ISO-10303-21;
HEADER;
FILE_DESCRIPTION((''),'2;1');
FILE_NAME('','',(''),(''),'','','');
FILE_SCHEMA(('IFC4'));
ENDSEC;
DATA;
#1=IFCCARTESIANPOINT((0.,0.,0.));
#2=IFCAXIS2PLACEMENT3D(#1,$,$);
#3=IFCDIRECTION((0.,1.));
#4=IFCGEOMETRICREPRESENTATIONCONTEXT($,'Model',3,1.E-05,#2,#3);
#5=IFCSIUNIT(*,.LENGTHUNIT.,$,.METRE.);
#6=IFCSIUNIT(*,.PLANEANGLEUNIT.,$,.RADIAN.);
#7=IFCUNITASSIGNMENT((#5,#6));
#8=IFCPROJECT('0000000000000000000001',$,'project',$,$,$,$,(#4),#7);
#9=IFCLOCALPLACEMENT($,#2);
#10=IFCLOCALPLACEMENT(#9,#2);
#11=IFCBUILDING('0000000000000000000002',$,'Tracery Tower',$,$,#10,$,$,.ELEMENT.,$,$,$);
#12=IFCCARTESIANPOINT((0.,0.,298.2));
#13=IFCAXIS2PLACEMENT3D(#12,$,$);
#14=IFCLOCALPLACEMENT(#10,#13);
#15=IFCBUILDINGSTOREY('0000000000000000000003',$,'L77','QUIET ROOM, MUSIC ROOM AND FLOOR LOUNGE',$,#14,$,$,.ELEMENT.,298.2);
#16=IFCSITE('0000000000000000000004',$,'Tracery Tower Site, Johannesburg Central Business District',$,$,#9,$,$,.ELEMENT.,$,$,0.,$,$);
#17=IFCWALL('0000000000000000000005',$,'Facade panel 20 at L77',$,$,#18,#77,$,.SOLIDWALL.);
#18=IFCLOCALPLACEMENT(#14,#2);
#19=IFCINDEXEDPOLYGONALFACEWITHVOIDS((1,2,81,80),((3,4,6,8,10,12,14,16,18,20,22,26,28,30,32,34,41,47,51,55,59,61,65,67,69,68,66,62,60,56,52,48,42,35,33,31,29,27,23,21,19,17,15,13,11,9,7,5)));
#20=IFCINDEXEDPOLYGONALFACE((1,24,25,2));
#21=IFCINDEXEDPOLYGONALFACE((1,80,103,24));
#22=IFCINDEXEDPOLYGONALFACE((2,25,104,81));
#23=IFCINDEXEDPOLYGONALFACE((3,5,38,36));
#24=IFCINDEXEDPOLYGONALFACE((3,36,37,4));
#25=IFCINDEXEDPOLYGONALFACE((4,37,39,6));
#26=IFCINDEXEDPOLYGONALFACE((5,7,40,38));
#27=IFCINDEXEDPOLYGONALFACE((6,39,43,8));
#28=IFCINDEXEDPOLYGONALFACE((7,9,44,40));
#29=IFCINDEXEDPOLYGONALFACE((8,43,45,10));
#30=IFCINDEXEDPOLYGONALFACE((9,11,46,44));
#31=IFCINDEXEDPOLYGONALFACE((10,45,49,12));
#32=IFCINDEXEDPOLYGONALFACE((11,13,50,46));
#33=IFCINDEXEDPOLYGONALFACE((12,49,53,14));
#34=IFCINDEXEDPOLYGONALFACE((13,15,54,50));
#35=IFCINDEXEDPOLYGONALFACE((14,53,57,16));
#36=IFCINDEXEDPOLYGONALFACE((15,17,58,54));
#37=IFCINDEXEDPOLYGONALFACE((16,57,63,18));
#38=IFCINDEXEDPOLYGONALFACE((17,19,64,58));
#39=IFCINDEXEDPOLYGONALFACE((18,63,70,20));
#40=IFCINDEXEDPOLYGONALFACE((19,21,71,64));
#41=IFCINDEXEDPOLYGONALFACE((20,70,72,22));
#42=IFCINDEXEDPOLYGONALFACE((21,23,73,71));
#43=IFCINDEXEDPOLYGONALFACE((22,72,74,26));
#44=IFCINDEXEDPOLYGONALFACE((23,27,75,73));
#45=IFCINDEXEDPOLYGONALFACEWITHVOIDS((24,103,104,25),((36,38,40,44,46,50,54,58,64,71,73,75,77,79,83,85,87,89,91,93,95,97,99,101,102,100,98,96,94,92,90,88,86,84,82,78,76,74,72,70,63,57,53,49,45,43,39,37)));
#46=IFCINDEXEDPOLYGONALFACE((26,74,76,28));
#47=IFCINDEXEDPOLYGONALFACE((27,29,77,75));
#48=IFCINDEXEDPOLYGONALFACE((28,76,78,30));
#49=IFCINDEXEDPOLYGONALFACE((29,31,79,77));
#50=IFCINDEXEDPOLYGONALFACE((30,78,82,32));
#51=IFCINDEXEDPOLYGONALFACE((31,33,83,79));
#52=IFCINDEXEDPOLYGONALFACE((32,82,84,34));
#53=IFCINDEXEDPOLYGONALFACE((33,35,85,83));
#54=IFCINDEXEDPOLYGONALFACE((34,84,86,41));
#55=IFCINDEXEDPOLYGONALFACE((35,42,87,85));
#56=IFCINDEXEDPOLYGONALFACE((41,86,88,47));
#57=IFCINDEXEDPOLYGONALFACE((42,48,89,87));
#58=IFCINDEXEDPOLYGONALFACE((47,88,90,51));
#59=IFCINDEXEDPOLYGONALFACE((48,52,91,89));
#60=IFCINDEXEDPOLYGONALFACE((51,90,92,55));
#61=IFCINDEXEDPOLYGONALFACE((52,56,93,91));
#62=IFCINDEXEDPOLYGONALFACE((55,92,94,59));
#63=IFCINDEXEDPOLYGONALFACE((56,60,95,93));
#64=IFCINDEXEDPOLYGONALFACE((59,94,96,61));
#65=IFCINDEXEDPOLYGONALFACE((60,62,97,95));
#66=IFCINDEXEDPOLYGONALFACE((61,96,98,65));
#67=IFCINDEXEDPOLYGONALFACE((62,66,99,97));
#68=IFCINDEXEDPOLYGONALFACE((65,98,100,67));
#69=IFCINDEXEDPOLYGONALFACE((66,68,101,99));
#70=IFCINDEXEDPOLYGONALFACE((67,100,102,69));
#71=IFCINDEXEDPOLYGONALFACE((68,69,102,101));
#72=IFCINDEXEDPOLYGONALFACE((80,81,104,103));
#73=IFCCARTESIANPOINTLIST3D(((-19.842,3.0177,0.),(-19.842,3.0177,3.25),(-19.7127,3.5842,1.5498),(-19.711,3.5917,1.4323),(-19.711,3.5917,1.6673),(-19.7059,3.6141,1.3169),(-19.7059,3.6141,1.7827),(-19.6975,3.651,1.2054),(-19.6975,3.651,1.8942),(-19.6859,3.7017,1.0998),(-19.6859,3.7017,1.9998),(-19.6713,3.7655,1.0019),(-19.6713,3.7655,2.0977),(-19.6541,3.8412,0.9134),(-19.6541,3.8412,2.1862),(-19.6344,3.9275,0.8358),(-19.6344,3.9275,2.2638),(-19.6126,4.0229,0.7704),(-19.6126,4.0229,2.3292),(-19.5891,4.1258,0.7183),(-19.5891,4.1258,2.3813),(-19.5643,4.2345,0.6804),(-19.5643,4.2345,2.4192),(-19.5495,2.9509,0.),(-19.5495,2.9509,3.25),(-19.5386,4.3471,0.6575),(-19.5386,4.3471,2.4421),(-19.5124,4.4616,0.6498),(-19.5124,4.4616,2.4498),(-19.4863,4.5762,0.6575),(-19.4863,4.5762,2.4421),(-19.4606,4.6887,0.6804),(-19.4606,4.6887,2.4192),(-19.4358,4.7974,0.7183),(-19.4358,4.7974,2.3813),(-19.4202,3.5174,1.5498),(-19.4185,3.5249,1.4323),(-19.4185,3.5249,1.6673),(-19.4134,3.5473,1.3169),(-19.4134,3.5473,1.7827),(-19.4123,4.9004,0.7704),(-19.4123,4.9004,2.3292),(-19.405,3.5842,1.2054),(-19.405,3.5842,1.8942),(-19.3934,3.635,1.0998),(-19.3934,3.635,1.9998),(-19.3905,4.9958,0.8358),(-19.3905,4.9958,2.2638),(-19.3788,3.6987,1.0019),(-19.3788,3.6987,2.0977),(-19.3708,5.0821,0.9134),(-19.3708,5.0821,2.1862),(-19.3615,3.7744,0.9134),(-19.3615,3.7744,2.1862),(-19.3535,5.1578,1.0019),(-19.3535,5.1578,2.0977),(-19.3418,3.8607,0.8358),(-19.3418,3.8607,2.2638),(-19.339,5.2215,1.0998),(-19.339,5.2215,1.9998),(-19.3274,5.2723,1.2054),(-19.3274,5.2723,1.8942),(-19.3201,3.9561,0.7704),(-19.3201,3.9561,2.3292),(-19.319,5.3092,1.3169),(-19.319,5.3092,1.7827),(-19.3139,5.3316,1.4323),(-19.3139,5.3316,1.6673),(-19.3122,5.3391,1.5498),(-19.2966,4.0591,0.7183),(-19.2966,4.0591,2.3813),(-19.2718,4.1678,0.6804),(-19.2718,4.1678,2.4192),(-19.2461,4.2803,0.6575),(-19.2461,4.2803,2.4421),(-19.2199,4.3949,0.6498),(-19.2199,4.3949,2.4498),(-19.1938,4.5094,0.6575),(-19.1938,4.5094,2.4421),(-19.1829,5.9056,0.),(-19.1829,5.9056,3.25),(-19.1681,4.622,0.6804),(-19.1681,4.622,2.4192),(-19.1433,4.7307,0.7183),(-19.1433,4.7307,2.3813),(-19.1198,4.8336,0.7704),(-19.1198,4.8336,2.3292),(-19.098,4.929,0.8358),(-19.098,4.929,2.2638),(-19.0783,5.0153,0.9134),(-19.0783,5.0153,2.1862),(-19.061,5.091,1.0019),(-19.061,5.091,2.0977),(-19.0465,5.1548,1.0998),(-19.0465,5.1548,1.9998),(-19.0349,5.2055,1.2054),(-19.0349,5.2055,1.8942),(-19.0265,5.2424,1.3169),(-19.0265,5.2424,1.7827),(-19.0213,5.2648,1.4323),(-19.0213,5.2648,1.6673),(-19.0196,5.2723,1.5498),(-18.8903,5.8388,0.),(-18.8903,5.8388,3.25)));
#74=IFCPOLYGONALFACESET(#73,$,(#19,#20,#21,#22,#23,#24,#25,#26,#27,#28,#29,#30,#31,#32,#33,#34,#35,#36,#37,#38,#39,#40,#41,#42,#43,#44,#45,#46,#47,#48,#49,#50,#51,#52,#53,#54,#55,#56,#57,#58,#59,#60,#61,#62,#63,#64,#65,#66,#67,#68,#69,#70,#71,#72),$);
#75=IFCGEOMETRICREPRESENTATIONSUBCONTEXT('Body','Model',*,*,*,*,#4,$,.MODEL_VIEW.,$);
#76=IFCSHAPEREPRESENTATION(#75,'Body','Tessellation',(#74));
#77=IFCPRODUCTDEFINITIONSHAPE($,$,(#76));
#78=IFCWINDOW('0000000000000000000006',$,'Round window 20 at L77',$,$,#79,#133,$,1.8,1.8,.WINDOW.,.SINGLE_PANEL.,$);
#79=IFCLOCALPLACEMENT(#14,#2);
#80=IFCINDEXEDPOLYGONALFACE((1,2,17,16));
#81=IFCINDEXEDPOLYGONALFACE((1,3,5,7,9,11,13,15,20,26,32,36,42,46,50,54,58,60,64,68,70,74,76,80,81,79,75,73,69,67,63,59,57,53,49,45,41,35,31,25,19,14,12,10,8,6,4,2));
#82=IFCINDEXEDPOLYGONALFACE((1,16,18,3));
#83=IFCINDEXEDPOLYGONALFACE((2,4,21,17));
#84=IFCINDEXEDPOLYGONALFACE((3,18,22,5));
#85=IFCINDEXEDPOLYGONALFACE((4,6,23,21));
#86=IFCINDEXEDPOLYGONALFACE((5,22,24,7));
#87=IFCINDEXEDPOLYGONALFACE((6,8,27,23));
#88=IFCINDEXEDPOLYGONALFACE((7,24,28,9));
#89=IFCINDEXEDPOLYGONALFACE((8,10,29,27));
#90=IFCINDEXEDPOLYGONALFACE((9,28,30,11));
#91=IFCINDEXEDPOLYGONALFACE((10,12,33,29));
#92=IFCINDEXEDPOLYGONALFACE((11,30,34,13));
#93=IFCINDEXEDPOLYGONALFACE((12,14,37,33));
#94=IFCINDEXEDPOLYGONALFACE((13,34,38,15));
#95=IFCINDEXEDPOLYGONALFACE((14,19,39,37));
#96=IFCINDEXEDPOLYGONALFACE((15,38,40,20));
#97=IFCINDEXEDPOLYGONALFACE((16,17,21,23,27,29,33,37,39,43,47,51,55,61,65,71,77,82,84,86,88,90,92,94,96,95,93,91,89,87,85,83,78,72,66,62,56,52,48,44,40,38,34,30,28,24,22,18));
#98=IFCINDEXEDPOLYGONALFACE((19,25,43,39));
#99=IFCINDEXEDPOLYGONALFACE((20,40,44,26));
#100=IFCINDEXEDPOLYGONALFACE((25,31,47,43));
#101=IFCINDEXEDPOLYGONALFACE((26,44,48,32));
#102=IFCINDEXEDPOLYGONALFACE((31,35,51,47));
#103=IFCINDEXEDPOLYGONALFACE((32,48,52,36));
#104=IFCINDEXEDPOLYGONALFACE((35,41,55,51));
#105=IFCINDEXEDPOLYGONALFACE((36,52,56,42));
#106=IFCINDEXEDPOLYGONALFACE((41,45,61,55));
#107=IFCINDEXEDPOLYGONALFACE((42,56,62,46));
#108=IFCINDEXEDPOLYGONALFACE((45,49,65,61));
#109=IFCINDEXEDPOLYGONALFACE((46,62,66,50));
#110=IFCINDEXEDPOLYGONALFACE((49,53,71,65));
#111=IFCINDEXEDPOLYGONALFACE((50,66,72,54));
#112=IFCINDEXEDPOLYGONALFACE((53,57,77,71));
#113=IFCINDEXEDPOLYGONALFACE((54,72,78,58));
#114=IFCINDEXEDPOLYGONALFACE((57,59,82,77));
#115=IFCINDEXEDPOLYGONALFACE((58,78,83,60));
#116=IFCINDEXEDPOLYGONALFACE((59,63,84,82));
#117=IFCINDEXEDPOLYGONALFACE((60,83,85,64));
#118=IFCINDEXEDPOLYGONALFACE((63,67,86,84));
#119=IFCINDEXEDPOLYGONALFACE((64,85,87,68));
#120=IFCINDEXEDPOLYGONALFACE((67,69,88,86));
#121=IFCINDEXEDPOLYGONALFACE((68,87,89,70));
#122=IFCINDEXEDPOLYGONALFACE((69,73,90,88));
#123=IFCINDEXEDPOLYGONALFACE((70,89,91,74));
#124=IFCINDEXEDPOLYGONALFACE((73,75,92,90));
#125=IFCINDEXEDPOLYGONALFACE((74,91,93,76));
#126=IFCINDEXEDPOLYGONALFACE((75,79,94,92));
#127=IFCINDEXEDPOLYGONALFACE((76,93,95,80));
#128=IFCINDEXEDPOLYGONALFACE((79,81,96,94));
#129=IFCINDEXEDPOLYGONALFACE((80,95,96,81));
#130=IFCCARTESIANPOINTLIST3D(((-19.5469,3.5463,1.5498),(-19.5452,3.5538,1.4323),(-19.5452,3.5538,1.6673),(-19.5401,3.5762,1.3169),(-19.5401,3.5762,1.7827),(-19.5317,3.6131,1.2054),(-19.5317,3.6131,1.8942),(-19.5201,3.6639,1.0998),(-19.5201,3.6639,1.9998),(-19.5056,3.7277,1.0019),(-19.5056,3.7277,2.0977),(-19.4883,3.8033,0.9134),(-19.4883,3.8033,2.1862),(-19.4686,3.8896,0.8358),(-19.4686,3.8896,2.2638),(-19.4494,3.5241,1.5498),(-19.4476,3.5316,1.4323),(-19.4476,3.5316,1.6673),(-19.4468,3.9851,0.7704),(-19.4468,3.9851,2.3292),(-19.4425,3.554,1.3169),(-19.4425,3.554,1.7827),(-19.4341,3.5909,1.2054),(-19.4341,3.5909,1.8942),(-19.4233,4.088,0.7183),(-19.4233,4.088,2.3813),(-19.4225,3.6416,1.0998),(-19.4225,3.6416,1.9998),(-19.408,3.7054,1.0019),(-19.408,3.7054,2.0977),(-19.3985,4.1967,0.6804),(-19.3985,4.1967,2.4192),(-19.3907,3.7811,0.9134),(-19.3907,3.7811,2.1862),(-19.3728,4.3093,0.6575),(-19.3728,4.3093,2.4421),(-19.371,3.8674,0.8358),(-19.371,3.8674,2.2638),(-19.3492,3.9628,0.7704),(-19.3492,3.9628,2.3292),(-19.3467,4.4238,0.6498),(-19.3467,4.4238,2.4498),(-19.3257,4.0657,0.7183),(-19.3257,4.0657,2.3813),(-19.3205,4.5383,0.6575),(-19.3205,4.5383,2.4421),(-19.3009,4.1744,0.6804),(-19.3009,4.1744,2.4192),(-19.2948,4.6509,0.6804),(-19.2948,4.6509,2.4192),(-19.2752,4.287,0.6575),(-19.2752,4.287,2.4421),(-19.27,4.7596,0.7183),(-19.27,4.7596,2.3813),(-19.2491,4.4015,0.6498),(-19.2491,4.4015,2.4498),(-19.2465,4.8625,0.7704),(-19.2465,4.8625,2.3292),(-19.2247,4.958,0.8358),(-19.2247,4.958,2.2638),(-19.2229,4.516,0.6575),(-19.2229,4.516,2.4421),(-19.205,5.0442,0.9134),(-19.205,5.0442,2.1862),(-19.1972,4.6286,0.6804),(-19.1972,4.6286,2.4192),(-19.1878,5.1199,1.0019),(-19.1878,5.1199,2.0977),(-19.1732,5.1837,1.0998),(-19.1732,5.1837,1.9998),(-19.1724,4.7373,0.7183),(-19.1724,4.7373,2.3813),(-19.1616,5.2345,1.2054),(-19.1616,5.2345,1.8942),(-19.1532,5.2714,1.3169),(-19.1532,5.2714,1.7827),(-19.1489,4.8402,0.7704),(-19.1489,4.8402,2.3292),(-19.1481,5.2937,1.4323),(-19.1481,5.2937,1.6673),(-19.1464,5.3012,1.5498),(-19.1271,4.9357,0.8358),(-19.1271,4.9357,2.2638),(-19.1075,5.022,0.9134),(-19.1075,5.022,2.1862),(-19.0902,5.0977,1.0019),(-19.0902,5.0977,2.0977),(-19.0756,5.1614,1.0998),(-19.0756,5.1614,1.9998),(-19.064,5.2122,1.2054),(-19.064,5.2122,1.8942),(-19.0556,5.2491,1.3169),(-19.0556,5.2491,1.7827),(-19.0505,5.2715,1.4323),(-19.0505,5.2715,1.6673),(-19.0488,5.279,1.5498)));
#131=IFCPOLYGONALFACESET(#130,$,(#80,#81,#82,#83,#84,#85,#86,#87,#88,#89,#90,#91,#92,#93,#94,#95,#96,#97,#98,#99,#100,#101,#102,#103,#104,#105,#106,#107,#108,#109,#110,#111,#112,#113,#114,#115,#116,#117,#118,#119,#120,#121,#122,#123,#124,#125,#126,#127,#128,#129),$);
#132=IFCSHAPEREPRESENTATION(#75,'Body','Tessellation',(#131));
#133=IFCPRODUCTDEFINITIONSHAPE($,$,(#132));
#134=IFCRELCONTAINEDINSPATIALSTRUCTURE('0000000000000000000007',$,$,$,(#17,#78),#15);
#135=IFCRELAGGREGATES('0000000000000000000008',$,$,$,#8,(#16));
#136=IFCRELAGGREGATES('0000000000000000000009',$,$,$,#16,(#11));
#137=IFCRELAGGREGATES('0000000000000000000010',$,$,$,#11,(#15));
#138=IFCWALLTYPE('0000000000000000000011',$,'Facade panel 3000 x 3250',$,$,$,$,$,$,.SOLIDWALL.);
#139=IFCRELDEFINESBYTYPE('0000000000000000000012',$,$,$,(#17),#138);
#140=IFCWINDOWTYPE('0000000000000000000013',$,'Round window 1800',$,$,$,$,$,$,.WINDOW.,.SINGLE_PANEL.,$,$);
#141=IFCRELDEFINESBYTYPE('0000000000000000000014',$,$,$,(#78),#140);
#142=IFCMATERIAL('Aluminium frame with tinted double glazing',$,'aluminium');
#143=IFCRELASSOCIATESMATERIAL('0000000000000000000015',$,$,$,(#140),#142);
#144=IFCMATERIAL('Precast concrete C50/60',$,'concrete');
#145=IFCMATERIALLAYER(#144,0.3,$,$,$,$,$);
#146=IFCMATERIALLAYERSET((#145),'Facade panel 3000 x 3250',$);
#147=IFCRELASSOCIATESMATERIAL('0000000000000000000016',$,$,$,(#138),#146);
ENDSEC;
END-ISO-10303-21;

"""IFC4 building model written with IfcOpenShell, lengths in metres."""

from ifc_helpers import new_model, si_unit, direction, frame, frame_2d, origin, origin_2d, place, context, subcontext, project, spatial, rectangle, circle, extrude, material, layer, layer_set, type_object, element, fill, save


model = new_model("IFC4")

# Units and contexts
model_context = context("Model", 3, precision=1e-05, world=origin(), true_north=direction((0.0, 1.0)))
body_context = subcontext(model_context, "Body", "Model", "MODEL_VIEW")
ifc_project = project(units=[si_unit("LENGTHUNIT", "METRE"), si_unit("PLANEANGLEUNIT", "RADIAN")], contexts=[model_context])

# Site, building, storey
site_placement = place(None, origin())
site = spatial("IfcSite", under=ifc_project, at=site_placement, Name="Tracery Tower Site, Johannesburg Central Business District", CompositionType="ELEMENT", RefElevation=0.0)
building_placement = place(site_placement, origin())
building = spatial("IfcBuilding", under=site, at=building_placement, Name="Tracery Tower", CompositionType="ELEMENT")
storey_placement = place(building_placement, frame((0.0, 0.0, 298.2)))
storey = spatial("IfcBuildingStorey", under=building, at=storey_placement, Name="L77", Description="QUIET ROOM, MUSIC ROOM AND FLOOR LOUNGE", CompositionType="ELEMENT", Elevation=298.2)

# Wall, opening, window
ifc_material_1 = material(Name="Aluminium frame with tinted double glazing", Category="aluminium")
window_type = type_object("IfcWindowType", Name="Round window 1800", PartitioningType="SINGLE_PANEL", PredefinedType="WINDOW", material=ifc_material_1)
ifc_material_2 = material(Name="Precast concrete C50/60", Category="concrete")
ifc_layer_1 = layer(ifc_material_2, 0.3)
ifc_layer_set_1 = layer_set([ifc_layer_1], Name="Facade panel 3000 x 3250")
wall_type_1 = type_object("IfcWallType", Name="Facade panel 3000 x 3250", PredefinedType="SOLIDWALL", material=ifc_layer_set_1)
wall_1_placement = place(storey_placement, frame((-19.0366, 5.8721, 0.0), z_axis=(0.0, 0.0, 1.0), x_axis=(-0.222529, -0.974926, 0.0)))
wall_1 = element("IfcWall", 1, at=wall_1_placement, inside=storey, type_object=wall_type_1, Name="Facade panel 20 at L77", PredefinedType="SOLIDWALL", context=body_context, shape_type="SweptSolid", body=[
    extrude(rectangle(XDim=2.9622, YDim=0.3, at=frame_2d((1.481, 0.0))), origin(), (0.0, 0.0, 1.0), 3.25),
])
opening_1_placement = place(wall_1_placement, frame((1.481, 0.0, 1.5498)))
opening_1 = element("IfcOpeningElement", 2, at=opening_1_placement, cuts=wall_1, PredefinedType="OPENING", context=body_context, shape_type="SweptSolid", body=[
    extrude(circle(Radius=0.9, at=origin_2d()), frame((0.0, 0.1599, 0.0), z_axis=(0.0, -1.0, 0.0), x_axis=(1.0, 0.0, 0.0)), (0.0, 0.0, 1.0), 0.3201),
])
window_1_placement = place(opening_1_placement, origin())
window_1 = element("IfcWindow", 3, at=window_1_placement, inside=storey, type_object=window_type, Name="Round window 20 at L77", OverallHeight=1.8, OverallWidth=1.8, PartitioningType="SINGLE_PANEL", PredefinedType="WINDOW", context=body_context, shape_type="SweptSolid", body=[
    extrude(circle(Radius=0.9, at=origin_2d()), frame((0.0, 0.1201, 0.0), z_axis=(0.0, -1.0, 0.0), x_axis=(1.0, 0.0, 0.0)), (0.0, 0.0, 1.0), 0.1001),
])
fill(opening_1, window_1)

save(model, "model.ifc")
